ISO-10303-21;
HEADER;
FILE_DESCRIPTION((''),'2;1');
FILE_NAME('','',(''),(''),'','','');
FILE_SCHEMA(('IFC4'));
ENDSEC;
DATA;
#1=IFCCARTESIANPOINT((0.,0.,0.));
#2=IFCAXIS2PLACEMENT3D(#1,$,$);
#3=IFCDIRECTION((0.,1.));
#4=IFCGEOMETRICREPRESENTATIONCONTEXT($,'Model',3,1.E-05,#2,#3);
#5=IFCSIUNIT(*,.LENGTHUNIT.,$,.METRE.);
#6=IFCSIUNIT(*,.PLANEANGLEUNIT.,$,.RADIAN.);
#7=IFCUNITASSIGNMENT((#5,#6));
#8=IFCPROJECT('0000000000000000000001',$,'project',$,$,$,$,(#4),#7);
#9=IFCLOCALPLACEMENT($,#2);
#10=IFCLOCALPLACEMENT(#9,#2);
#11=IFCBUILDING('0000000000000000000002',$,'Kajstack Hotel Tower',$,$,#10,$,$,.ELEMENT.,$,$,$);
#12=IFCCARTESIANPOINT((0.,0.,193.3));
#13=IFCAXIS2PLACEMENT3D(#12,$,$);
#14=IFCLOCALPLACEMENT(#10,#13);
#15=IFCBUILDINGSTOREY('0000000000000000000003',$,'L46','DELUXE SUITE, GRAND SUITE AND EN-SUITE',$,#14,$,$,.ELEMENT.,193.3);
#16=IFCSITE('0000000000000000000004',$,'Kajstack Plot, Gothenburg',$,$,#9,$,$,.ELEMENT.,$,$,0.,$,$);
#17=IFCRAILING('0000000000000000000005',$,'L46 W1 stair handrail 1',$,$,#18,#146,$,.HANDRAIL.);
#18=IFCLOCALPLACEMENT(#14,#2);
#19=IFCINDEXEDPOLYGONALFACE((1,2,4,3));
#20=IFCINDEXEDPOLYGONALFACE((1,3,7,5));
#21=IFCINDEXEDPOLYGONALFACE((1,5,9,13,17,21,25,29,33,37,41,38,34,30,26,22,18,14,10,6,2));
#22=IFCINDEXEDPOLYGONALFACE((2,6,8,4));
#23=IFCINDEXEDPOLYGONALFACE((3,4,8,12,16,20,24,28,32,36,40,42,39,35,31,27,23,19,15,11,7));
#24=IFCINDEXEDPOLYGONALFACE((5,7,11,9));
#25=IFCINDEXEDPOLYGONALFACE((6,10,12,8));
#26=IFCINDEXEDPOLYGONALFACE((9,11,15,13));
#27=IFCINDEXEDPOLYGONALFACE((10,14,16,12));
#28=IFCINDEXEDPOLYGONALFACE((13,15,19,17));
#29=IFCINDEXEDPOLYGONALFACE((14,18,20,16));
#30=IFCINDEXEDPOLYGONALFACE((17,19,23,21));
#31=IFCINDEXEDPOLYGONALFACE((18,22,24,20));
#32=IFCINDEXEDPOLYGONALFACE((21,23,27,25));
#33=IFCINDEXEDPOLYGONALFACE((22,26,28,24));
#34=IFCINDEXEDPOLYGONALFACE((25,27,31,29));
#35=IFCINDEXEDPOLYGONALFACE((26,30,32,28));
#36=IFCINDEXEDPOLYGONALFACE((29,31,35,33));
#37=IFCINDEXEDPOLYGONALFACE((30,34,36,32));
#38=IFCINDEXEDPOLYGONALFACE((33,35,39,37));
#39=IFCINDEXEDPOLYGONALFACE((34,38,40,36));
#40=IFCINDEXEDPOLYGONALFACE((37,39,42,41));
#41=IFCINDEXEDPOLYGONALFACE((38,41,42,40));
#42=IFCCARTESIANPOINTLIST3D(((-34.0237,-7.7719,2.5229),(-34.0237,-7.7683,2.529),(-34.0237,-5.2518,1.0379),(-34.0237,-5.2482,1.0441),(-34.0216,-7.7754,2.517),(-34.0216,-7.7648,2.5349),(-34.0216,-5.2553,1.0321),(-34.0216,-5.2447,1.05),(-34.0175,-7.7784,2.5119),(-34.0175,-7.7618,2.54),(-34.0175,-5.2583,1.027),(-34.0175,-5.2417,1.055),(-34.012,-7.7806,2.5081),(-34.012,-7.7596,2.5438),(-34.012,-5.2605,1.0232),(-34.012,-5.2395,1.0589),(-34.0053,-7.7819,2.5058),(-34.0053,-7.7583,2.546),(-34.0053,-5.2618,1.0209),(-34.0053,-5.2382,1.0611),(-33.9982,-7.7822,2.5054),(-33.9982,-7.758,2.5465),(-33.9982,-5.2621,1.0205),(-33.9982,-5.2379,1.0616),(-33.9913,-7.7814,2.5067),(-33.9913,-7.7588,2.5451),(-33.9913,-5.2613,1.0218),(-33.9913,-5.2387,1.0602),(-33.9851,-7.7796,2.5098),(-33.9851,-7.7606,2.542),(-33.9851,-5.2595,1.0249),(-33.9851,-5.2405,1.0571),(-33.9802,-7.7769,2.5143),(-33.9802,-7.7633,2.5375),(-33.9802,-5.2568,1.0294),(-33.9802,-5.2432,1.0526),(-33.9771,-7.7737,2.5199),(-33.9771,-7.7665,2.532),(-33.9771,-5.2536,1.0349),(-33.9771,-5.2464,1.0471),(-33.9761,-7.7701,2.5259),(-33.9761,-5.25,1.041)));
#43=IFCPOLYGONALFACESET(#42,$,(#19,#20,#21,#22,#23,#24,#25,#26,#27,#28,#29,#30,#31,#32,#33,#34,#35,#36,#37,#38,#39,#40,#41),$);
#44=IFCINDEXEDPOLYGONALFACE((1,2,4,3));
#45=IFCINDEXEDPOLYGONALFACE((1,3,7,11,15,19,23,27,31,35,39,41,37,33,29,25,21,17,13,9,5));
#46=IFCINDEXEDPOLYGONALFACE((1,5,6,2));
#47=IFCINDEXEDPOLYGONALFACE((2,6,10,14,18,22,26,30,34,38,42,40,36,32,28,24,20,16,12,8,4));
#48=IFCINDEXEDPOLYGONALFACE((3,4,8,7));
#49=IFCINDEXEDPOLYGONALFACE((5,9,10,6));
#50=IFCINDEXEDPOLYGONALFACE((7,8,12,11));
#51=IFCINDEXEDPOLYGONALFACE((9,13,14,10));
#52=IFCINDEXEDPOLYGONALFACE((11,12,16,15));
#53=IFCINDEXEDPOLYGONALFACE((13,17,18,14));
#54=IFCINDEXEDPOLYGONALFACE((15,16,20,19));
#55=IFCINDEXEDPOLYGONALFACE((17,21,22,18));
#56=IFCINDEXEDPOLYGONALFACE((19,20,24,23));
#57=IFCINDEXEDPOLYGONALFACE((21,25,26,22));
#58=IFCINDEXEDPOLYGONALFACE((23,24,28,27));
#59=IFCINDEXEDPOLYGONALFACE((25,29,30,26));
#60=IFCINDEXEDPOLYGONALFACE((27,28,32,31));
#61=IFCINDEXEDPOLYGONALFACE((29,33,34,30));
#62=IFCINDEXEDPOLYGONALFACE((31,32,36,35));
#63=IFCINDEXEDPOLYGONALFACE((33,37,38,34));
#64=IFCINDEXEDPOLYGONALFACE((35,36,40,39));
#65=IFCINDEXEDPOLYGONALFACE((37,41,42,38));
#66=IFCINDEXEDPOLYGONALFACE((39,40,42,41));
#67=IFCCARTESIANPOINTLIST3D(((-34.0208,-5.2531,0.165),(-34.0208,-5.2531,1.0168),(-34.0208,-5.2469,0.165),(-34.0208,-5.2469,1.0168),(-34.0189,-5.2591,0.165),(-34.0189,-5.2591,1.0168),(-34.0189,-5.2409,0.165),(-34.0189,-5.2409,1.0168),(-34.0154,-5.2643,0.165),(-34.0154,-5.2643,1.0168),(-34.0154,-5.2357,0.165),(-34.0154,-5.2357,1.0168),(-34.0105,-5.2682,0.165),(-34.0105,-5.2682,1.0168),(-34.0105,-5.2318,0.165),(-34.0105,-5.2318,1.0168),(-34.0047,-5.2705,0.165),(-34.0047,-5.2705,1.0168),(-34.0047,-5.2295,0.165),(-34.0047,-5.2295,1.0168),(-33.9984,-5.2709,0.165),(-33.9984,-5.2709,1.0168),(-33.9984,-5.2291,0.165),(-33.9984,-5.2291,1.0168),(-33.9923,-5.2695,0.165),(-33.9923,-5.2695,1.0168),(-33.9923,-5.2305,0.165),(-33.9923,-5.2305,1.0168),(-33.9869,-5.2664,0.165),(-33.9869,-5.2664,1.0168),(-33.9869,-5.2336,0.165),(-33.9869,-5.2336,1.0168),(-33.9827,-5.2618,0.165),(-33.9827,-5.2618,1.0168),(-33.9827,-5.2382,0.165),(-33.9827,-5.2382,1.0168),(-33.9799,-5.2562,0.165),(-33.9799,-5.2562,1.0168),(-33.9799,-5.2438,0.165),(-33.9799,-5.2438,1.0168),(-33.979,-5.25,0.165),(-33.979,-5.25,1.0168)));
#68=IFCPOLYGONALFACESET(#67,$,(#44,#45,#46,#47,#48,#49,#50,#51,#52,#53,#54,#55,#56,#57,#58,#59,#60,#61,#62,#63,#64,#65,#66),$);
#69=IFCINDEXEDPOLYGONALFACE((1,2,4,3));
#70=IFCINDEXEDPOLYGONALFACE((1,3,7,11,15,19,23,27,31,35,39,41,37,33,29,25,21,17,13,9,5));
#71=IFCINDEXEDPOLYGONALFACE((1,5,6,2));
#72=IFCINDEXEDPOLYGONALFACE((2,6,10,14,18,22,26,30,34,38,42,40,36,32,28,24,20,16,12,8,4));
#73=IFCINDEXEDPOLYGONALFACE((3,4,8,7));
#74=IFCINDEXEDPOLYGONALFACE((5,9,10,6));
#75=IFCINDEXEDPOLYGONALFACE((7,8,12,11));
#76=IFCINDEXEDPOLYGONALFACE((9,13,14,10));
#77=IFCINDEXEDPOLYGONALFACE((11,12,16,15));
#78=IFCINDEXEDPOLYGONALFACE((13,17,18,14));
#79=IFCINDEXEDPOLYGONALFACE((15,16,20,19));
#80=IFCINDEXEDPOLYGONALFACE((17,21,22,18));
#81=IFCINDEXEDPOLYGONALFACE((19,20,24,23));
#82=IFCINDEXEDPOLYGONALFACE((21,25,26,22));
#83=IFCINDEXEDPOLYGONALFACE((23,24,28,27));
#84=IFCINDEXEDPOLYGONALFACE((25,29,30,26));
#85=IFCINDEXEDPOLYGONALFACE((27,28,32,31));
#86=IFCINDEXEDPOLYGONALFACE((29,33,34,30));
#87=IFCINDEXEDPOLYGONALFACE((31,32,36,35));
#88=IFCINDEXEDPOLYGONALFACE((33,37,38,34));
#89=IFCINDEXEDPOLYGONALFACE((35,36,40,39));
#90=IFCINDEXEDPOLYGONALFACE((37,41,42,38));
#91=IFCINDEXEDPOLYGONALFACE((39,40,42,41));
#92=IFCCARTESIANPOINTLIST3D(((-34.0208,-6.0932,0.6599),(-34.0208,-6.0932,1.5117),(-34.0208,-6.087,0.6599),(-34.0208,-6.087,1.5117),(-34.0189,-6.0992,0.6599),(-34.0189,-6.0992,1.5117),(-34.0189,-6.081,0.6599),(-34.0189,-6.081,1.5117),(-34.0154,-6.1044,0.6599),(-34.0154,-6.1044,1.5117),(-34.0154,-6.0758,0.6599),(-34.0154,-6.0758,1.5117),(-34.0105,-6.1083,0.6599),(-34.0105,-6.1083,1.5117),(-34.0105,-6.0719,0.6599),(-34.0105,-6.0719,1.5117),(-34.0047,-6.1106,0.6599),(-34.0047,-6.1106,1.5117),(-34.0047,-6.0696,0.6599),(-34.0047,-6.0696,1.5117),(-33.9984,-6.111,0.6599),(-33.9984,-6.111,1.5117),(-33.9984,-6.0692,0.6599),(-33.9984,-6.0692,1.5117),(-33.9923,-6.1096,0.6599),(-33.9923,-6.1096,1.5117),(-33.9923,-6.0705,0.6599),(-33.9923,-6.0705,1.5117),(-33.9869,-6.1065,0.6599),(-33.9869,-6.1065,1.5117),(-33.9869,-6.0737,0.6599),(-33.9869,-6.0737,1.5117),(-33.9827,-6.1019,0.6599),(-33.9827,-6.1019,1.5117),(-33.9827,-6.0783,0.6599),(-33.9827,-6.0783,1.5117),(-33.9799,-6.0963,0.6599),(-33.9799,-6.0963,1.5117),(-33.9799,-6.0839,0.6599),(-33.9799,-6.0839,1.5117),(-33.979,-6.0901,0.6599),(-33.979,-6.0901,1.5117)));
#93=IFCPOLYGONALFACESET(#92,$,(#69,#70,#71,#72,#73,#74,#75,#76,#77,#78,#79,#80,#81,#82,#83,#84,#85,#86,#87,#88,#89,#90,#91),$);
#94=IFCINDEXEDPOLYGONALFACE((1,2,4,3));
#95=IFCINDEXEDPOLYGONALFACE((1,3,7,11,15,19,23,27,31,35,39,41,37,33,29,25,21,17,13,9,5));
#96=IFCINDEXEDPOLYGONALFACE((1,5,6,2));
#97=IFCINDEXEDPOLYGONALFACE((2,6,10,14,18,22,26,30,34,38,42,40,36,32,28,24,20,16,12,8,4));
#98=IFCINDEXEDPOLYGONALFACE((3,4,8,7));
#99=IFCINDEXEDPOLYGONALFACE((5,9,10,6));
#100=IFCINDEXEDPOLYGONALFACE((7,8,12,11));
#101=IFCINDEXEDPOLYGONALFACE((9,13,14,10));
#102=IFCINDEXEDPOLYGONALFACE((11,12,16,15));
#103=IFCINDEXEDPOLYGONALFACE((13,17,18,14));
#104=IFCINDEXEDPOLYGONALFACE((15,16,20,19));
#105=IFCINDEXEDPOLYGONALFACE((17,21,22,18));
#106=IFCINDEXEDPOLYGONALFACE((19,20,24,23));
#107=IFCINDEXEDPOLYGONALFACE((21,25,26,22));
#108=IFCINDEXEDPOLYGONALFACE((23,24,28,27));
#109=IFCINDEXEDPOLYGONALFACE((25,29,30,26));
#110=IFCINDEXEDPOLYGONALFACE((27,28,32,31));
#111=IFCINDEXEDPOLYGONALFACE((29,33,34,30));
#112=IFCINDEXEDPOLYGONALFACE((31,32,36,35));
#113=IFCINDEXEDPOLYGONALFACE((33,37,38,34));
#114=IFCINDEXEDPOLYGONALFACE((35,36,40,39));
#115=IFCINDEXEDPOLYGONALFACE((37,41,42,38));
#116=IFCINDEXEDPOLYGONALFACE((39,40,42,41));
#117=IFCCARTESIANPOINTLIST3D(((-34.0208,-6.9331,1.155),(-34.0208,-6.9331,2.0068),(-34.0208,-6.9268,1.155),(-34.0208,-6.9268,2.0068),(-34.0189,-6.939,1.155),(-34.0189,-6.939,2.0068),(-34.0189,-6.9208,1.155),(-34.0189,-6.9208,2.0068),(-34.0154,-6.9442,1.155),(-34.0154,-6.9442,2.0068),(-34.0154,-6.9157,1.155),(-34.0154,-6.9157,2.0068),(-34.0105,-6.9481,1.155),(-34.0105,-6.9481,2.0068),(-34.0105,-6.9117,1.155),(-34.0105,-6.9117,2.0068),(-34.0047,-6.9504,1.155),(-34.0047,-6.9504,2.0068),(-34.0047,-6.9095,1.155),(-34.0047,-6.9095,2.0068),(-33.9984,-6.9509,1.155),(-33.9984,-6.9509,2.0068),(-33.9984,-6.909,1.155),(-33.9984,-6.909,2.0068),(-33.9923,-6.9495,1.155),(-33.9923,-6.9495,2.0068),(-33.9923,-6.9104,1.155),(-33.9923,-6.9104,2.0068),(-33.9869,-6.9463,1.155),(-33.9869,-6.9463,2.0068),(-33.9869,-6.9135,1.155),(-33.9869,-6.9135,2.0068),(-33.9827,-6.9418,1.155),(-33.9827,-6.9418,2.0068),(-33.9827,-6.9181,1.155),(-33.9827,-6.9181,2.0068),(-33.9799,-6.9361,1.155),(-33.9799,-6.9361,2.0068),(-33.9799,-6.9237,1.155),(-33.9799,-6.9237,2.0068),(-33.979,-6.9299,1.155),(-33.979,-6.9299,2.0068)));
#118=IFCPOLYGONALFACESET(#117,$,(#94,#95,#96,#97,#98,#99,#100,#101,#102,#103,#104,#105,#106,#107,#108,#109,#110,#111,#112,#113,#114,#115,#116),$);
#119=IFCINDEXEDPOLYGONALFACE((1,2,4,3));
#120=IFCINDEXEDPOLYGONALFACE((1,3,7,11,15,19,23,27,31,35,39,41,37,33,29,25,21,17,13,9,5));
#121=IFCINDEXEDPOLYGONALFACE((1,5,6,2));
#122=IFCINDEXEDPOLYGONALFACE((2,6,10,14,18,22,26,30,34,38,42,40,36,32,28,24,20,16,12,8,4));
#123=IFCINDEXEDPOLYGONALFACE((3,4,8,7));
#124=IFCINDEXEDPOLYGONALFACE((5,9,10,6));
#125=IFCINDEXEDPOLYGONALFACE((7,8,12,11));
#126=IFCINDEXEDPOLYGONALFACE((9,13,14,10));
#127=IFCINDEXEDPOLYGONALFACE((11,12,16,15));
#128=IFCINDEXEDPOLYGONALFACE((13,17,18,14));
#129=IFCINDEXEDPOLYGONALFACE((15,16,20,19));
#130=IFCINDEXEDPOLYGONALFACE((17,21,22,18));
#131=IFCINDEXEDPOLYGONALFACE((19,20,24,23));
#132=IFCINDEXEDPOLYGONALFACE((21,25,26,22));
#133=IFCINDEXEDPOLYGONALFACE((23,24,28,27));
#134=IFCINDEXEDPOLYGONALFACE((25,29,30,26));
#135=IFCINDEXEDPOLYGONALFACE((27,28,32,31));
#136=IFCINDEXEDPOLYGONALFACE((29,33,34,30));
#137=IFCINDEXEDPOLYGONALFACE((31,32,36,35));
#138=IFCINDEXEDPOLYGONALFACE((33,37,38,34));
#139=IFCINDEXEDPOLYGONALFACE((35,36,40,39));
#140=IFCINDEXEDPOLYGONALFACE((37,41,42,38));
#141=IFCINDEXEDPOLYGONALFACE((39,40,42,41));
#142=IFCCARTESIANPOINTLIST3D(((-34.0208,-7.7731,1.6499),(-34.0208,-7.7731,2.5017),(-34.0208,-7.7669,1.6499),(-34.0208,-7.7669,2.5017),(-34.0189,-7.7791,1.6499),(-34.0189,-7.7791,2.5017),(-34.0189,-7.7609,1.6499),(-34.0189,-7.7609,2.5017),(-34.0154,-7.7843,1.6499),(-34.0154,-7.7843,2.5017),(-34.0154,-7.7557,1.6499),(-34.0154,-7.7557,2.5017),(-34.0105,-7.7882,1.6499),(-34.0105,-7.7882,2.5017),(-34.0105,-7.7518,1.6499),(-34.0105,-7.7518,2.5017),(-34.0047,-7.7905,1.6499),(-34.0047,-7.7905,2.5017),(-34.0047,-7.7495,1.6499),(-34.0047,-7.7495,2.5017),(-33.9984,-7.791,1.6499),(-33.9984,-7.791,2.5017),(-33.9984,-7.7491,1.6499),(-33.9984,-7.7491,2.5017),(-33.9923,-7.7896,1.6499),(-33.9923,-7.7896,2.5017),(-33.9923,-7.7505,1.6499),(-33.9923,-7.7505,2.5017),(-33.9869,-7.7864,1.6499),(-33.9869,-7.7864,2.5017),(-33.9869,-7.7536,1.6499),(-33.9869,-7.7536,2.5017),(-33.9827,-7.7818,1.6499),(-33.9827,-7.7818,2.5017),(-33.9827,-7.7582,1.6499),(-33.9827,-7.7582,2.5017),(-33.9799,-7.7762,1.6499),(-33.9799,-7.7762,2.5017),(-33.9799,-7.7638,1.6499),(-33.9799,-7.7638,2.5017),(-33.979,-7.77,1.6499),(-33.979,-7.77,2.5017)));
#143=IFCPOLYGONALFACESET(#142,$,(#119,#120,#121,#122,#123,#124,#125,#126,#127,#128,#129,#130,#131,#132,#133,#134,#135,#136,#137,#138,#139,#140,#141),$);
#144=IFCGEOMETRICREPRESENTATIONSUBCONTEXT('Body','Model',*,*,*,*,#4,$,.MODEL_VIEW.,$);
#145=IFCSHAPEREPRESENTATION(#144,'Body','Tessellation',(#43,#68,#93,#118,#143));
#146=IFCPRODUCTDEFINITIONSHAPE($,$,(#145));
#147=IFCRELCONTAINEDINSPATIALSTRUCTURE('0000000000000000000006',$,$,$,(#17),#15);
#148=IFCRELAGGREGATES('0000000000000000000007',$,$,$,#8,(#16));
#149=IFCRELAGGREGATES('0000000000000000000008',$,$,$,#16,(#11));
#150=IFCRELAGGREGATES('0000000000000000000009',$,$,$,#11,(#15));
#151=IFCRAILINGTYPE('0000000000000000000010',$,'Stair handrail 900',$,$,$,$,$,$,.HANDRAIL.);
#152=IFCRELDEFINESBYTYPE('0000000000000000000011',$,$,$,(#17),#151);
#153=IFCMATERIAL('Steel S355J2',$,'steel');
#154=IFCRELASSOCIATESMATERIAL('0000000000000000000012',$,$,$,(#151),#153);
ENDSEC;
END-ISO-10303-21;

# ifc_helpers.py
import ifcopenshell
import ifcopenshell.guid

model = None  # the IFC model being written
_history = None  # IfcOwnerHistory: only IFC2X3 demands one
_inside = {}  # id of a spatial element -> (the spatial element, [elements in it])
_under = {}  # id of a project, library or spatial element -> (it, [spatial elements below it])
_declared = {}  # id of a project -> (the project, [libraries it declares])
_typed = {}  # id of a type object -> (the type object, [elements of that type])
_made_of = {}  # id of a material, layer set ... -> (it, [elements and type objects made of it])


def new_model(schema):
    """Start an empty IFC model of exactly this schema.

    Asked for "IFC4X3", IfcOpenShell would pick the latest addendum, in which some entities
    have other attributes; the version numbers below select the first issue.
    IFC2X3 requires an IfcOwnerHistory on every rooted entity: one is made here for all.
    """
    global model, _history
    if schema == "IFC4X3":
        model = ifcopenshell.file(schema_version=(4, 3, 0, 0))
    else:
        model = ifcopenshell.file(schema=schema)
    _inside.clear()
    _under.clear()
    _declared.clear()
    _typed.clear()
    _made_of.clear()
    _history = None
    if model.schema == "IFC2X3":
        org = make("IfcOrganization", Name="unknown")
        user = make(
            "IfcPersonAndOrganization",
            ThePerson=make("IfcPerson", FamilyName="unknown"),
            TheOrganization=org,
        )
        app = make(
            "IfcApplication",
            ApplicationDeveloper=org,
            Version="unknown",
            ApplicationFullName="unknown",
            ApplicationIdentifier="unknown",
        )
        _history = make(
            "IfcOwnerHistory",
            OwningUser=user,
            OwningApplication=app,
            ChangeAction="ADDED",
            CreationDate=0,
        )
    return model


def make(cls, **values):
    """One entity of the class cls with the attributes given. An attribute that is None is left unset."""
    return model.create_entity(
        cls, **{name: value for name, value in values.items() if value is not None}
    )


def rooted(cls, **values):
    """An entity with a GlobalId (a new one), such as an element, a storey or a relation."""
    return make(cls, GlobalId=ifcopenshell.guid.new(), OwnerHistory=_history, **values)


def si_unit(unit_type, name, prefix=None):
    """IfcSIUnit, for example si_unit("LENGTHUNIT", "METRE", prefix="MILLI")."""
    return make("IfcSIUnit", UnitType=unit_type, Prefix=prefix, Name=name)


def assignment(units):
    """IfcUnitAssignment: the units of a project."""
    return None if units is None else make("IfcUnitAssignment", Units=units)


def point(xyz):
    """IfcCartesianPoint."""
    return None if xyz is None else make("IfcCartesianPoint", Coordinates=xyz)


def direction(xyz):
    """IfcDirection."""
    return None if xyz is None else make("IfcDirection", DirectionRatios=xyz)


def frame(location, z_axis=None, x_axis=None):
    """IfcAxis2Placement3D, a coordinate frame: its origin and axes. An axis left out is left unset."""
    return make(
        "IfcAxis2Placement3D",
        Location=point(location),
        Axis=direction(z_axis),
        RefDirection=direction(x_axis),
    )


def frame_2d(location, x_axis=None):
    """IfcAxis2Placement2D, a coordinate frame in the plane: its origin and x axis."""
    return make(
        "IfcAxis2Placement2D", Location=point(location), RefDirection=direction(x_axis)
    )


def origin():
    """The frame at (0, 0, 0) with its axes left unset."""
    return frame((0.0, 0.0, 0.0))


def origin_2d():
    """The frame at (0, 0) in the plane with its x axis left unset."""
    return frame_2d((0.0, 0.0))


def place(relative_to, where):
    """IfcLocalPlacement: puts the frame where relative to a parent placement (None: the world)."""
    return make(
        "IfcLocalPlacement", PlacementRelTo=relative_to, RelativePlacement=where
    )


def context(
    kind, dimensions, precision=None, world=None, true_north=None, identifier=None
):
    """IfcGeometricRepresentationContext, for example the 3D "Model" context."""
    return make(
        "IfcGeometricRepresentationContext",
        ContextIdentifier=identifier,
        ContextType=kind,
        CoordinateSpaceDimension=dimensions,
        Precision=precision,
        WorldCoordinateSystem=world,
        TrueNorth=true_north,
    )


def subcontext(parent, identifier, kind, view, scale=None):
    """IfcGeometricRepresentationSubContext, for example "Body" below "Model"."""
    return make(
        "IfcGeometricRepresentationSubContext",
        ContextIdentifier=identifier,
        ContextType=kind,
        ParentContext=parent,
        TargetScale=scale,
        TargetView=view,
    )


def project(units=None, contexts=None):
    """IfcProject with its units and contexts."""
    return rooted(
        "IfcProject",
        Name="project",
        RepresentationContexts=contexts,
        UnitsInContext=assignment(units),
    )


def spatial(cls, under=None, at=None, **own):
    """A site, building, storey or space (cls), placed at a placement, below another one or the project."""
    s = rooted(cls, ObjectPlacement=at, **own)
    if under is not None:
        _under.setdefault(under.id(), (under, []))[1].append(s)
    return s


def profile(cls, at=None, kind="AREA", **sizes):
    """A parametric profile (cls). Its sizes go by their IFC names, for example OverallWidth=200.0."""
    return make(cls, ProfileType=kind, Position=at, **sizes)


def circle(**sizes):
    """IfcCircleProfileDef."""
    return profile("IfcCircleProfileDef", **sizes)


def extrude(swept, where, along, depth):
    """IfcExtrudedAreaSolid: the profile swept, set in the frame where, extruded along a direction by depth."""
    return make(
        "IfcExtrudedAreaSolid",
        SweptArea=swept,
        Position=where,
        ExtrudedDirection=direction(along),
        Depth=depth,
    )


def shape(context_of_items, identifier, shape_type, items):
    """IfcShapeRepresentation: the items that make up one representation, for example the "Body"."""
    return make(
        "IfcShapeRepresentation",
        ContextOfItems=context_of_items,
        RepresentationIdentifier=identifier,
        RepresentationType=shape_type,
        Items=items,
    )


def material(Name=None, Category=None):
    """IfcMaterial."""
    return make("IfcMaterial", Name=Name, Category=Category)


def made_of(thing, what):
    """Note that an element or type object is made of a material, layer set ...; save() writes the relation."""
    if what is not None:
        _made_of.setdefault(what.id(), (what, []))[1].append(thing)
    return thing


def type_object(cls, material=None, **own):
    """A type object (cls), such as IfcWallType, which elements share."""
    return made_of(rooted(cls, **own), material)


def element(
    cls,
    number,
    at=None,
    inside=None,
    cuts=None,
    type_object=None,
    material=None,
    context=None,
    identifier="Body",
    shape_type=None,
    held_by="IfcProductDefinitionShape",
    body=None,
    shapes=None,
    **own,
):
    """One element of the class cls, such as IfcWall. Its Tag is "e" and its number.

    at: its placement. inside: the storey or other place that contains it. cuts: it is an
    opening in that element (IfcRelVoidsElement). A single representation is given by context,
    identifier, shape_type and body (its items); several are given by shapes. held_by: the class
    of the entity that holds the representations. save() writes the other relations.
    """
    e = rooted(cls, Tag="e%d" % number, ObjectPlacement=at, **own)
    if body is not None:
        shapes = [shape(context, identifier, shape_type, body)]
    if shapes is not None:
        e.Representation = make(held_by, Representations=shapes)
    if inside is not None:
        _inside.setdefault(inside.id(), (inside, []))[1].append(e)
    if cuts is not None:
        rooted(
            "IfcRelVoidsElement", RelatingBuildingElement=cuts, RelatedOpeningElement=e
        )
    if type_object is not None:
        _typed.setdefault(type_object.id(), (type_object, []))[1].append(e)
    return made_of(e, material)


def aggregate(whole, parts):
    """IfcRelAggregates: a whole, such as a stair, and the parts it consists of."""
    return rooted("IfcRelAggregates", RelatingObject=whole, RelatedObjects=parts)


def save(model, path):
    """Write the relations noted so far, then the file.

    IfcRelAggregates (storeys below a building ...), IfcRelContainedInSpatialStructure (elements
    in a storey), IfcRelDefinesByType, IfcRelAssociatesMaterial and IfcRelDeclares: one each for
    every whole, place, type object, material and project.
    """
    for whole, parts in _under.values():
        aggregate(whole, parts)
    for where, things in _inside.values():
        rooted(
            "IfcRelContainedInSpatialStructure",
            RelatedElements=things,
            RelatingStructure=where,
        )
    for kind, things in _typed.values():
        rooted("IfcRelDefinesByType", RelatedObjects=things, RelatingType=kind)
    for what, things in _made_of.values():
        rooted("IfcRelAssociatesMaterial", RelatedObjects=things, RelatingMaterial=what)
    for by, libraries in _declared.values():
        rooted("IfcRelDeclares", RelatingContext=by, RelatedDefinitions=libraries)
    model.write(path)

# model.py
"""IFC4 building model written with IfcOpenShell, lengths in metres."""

from ifc_helpers import new_model, si_unit, direction, frame, origin, origin_2d, place, context, subcontext, project, spatial, circle, extrude, material, type_object, element, save


model = new_model("IFC4")

# Units and contexts
model_context = context("Model", 3, precision=1e-05, world=origin(), true_north=direction((0.0, 1.0)))
body_context = subcontext(model_context, "Body", "Model", "MODEL_VIEW")
ifc_project = project(units=[si_unit("LENGTHUNIT", "METRE"), si_unit("PLANEANGLEUNIT", "RADIAN")], contexts=[model_context])

# Site, building, storey
site_placement = place(None, origin())
site = spatial("IfcSite", under=ifc_project, at=site_placement, Name="Kajstack Plot, Gothenburg", CompositionType="ELEMENT", RefElevation=0.0)
building_placement = place(site_placement, origin())
building = spatial("IfcBuilding", under=site, at=building_placement, Name="Kajstack Hotel Tower", CompositionType="ELEMENT")
storey_placement = place(building_placement, frame((0.0, 0.0, 193.3)))
storey = spatial("IfcBuildingStorey", under=building, at=storey_placement, Name="L46", Description="DELUXE SUITE, GRAND SUITE AND EN-SUITE", CompositionType="ELEMENT", Elevation=193.3)

# Railing
ifc_material_1 = material(Name="Steel S355J2", Category="steel")
railing_type_1 = type_object("IfcRailingType", Name="Stair handrail 900", PredefinedType="HANDRAIL", material=ifc_material_1)
railing_1_placement = place(storey_placement, frame((-34.0, -5.25, 0.165)))
element("IfcRailing", 1, at=railing_1_placement, inside=storey, type_object=railing_type_1, Name="L46 W1 stair handrail 1", PredefinedType="HANDRAIL", context=body_context, shape_type="SweptSolid", body=[
    extrude(circle(Radius=0.0239, at=origin_2d()), frame((0.0, 0.0, 0.876), z_axis=(0.0, -0.861561, 0.507655), x_axis=(1.0, 0.0, 0.0)), (0.0, 0.0, 1.0), 2.925),
    extrude(circle(Radius=0.021, at=origin_2d()), origin(), (0.0, 0.0, 1.0), 0.8518),
    extrude(circle(Radius=0.021, at=origin_2d()), frame((0.0, -0.8401, 0.4949)), (0.0, 0.0, 1.0), 0.8518),
    extrude(circle(Radius=0.021, at=origin_2d()), frame((0.0, -1.6799, 0.99)), (0.0, 0.0, 1.0), 0.8518),
    extrude(circle(Radius=0.021, at=origin_2d()), frame((0.0, -2.52, 1.4849)), (0.0, 0.0, 1.0), 0.8518),
])

save(model, "model.ifc")
